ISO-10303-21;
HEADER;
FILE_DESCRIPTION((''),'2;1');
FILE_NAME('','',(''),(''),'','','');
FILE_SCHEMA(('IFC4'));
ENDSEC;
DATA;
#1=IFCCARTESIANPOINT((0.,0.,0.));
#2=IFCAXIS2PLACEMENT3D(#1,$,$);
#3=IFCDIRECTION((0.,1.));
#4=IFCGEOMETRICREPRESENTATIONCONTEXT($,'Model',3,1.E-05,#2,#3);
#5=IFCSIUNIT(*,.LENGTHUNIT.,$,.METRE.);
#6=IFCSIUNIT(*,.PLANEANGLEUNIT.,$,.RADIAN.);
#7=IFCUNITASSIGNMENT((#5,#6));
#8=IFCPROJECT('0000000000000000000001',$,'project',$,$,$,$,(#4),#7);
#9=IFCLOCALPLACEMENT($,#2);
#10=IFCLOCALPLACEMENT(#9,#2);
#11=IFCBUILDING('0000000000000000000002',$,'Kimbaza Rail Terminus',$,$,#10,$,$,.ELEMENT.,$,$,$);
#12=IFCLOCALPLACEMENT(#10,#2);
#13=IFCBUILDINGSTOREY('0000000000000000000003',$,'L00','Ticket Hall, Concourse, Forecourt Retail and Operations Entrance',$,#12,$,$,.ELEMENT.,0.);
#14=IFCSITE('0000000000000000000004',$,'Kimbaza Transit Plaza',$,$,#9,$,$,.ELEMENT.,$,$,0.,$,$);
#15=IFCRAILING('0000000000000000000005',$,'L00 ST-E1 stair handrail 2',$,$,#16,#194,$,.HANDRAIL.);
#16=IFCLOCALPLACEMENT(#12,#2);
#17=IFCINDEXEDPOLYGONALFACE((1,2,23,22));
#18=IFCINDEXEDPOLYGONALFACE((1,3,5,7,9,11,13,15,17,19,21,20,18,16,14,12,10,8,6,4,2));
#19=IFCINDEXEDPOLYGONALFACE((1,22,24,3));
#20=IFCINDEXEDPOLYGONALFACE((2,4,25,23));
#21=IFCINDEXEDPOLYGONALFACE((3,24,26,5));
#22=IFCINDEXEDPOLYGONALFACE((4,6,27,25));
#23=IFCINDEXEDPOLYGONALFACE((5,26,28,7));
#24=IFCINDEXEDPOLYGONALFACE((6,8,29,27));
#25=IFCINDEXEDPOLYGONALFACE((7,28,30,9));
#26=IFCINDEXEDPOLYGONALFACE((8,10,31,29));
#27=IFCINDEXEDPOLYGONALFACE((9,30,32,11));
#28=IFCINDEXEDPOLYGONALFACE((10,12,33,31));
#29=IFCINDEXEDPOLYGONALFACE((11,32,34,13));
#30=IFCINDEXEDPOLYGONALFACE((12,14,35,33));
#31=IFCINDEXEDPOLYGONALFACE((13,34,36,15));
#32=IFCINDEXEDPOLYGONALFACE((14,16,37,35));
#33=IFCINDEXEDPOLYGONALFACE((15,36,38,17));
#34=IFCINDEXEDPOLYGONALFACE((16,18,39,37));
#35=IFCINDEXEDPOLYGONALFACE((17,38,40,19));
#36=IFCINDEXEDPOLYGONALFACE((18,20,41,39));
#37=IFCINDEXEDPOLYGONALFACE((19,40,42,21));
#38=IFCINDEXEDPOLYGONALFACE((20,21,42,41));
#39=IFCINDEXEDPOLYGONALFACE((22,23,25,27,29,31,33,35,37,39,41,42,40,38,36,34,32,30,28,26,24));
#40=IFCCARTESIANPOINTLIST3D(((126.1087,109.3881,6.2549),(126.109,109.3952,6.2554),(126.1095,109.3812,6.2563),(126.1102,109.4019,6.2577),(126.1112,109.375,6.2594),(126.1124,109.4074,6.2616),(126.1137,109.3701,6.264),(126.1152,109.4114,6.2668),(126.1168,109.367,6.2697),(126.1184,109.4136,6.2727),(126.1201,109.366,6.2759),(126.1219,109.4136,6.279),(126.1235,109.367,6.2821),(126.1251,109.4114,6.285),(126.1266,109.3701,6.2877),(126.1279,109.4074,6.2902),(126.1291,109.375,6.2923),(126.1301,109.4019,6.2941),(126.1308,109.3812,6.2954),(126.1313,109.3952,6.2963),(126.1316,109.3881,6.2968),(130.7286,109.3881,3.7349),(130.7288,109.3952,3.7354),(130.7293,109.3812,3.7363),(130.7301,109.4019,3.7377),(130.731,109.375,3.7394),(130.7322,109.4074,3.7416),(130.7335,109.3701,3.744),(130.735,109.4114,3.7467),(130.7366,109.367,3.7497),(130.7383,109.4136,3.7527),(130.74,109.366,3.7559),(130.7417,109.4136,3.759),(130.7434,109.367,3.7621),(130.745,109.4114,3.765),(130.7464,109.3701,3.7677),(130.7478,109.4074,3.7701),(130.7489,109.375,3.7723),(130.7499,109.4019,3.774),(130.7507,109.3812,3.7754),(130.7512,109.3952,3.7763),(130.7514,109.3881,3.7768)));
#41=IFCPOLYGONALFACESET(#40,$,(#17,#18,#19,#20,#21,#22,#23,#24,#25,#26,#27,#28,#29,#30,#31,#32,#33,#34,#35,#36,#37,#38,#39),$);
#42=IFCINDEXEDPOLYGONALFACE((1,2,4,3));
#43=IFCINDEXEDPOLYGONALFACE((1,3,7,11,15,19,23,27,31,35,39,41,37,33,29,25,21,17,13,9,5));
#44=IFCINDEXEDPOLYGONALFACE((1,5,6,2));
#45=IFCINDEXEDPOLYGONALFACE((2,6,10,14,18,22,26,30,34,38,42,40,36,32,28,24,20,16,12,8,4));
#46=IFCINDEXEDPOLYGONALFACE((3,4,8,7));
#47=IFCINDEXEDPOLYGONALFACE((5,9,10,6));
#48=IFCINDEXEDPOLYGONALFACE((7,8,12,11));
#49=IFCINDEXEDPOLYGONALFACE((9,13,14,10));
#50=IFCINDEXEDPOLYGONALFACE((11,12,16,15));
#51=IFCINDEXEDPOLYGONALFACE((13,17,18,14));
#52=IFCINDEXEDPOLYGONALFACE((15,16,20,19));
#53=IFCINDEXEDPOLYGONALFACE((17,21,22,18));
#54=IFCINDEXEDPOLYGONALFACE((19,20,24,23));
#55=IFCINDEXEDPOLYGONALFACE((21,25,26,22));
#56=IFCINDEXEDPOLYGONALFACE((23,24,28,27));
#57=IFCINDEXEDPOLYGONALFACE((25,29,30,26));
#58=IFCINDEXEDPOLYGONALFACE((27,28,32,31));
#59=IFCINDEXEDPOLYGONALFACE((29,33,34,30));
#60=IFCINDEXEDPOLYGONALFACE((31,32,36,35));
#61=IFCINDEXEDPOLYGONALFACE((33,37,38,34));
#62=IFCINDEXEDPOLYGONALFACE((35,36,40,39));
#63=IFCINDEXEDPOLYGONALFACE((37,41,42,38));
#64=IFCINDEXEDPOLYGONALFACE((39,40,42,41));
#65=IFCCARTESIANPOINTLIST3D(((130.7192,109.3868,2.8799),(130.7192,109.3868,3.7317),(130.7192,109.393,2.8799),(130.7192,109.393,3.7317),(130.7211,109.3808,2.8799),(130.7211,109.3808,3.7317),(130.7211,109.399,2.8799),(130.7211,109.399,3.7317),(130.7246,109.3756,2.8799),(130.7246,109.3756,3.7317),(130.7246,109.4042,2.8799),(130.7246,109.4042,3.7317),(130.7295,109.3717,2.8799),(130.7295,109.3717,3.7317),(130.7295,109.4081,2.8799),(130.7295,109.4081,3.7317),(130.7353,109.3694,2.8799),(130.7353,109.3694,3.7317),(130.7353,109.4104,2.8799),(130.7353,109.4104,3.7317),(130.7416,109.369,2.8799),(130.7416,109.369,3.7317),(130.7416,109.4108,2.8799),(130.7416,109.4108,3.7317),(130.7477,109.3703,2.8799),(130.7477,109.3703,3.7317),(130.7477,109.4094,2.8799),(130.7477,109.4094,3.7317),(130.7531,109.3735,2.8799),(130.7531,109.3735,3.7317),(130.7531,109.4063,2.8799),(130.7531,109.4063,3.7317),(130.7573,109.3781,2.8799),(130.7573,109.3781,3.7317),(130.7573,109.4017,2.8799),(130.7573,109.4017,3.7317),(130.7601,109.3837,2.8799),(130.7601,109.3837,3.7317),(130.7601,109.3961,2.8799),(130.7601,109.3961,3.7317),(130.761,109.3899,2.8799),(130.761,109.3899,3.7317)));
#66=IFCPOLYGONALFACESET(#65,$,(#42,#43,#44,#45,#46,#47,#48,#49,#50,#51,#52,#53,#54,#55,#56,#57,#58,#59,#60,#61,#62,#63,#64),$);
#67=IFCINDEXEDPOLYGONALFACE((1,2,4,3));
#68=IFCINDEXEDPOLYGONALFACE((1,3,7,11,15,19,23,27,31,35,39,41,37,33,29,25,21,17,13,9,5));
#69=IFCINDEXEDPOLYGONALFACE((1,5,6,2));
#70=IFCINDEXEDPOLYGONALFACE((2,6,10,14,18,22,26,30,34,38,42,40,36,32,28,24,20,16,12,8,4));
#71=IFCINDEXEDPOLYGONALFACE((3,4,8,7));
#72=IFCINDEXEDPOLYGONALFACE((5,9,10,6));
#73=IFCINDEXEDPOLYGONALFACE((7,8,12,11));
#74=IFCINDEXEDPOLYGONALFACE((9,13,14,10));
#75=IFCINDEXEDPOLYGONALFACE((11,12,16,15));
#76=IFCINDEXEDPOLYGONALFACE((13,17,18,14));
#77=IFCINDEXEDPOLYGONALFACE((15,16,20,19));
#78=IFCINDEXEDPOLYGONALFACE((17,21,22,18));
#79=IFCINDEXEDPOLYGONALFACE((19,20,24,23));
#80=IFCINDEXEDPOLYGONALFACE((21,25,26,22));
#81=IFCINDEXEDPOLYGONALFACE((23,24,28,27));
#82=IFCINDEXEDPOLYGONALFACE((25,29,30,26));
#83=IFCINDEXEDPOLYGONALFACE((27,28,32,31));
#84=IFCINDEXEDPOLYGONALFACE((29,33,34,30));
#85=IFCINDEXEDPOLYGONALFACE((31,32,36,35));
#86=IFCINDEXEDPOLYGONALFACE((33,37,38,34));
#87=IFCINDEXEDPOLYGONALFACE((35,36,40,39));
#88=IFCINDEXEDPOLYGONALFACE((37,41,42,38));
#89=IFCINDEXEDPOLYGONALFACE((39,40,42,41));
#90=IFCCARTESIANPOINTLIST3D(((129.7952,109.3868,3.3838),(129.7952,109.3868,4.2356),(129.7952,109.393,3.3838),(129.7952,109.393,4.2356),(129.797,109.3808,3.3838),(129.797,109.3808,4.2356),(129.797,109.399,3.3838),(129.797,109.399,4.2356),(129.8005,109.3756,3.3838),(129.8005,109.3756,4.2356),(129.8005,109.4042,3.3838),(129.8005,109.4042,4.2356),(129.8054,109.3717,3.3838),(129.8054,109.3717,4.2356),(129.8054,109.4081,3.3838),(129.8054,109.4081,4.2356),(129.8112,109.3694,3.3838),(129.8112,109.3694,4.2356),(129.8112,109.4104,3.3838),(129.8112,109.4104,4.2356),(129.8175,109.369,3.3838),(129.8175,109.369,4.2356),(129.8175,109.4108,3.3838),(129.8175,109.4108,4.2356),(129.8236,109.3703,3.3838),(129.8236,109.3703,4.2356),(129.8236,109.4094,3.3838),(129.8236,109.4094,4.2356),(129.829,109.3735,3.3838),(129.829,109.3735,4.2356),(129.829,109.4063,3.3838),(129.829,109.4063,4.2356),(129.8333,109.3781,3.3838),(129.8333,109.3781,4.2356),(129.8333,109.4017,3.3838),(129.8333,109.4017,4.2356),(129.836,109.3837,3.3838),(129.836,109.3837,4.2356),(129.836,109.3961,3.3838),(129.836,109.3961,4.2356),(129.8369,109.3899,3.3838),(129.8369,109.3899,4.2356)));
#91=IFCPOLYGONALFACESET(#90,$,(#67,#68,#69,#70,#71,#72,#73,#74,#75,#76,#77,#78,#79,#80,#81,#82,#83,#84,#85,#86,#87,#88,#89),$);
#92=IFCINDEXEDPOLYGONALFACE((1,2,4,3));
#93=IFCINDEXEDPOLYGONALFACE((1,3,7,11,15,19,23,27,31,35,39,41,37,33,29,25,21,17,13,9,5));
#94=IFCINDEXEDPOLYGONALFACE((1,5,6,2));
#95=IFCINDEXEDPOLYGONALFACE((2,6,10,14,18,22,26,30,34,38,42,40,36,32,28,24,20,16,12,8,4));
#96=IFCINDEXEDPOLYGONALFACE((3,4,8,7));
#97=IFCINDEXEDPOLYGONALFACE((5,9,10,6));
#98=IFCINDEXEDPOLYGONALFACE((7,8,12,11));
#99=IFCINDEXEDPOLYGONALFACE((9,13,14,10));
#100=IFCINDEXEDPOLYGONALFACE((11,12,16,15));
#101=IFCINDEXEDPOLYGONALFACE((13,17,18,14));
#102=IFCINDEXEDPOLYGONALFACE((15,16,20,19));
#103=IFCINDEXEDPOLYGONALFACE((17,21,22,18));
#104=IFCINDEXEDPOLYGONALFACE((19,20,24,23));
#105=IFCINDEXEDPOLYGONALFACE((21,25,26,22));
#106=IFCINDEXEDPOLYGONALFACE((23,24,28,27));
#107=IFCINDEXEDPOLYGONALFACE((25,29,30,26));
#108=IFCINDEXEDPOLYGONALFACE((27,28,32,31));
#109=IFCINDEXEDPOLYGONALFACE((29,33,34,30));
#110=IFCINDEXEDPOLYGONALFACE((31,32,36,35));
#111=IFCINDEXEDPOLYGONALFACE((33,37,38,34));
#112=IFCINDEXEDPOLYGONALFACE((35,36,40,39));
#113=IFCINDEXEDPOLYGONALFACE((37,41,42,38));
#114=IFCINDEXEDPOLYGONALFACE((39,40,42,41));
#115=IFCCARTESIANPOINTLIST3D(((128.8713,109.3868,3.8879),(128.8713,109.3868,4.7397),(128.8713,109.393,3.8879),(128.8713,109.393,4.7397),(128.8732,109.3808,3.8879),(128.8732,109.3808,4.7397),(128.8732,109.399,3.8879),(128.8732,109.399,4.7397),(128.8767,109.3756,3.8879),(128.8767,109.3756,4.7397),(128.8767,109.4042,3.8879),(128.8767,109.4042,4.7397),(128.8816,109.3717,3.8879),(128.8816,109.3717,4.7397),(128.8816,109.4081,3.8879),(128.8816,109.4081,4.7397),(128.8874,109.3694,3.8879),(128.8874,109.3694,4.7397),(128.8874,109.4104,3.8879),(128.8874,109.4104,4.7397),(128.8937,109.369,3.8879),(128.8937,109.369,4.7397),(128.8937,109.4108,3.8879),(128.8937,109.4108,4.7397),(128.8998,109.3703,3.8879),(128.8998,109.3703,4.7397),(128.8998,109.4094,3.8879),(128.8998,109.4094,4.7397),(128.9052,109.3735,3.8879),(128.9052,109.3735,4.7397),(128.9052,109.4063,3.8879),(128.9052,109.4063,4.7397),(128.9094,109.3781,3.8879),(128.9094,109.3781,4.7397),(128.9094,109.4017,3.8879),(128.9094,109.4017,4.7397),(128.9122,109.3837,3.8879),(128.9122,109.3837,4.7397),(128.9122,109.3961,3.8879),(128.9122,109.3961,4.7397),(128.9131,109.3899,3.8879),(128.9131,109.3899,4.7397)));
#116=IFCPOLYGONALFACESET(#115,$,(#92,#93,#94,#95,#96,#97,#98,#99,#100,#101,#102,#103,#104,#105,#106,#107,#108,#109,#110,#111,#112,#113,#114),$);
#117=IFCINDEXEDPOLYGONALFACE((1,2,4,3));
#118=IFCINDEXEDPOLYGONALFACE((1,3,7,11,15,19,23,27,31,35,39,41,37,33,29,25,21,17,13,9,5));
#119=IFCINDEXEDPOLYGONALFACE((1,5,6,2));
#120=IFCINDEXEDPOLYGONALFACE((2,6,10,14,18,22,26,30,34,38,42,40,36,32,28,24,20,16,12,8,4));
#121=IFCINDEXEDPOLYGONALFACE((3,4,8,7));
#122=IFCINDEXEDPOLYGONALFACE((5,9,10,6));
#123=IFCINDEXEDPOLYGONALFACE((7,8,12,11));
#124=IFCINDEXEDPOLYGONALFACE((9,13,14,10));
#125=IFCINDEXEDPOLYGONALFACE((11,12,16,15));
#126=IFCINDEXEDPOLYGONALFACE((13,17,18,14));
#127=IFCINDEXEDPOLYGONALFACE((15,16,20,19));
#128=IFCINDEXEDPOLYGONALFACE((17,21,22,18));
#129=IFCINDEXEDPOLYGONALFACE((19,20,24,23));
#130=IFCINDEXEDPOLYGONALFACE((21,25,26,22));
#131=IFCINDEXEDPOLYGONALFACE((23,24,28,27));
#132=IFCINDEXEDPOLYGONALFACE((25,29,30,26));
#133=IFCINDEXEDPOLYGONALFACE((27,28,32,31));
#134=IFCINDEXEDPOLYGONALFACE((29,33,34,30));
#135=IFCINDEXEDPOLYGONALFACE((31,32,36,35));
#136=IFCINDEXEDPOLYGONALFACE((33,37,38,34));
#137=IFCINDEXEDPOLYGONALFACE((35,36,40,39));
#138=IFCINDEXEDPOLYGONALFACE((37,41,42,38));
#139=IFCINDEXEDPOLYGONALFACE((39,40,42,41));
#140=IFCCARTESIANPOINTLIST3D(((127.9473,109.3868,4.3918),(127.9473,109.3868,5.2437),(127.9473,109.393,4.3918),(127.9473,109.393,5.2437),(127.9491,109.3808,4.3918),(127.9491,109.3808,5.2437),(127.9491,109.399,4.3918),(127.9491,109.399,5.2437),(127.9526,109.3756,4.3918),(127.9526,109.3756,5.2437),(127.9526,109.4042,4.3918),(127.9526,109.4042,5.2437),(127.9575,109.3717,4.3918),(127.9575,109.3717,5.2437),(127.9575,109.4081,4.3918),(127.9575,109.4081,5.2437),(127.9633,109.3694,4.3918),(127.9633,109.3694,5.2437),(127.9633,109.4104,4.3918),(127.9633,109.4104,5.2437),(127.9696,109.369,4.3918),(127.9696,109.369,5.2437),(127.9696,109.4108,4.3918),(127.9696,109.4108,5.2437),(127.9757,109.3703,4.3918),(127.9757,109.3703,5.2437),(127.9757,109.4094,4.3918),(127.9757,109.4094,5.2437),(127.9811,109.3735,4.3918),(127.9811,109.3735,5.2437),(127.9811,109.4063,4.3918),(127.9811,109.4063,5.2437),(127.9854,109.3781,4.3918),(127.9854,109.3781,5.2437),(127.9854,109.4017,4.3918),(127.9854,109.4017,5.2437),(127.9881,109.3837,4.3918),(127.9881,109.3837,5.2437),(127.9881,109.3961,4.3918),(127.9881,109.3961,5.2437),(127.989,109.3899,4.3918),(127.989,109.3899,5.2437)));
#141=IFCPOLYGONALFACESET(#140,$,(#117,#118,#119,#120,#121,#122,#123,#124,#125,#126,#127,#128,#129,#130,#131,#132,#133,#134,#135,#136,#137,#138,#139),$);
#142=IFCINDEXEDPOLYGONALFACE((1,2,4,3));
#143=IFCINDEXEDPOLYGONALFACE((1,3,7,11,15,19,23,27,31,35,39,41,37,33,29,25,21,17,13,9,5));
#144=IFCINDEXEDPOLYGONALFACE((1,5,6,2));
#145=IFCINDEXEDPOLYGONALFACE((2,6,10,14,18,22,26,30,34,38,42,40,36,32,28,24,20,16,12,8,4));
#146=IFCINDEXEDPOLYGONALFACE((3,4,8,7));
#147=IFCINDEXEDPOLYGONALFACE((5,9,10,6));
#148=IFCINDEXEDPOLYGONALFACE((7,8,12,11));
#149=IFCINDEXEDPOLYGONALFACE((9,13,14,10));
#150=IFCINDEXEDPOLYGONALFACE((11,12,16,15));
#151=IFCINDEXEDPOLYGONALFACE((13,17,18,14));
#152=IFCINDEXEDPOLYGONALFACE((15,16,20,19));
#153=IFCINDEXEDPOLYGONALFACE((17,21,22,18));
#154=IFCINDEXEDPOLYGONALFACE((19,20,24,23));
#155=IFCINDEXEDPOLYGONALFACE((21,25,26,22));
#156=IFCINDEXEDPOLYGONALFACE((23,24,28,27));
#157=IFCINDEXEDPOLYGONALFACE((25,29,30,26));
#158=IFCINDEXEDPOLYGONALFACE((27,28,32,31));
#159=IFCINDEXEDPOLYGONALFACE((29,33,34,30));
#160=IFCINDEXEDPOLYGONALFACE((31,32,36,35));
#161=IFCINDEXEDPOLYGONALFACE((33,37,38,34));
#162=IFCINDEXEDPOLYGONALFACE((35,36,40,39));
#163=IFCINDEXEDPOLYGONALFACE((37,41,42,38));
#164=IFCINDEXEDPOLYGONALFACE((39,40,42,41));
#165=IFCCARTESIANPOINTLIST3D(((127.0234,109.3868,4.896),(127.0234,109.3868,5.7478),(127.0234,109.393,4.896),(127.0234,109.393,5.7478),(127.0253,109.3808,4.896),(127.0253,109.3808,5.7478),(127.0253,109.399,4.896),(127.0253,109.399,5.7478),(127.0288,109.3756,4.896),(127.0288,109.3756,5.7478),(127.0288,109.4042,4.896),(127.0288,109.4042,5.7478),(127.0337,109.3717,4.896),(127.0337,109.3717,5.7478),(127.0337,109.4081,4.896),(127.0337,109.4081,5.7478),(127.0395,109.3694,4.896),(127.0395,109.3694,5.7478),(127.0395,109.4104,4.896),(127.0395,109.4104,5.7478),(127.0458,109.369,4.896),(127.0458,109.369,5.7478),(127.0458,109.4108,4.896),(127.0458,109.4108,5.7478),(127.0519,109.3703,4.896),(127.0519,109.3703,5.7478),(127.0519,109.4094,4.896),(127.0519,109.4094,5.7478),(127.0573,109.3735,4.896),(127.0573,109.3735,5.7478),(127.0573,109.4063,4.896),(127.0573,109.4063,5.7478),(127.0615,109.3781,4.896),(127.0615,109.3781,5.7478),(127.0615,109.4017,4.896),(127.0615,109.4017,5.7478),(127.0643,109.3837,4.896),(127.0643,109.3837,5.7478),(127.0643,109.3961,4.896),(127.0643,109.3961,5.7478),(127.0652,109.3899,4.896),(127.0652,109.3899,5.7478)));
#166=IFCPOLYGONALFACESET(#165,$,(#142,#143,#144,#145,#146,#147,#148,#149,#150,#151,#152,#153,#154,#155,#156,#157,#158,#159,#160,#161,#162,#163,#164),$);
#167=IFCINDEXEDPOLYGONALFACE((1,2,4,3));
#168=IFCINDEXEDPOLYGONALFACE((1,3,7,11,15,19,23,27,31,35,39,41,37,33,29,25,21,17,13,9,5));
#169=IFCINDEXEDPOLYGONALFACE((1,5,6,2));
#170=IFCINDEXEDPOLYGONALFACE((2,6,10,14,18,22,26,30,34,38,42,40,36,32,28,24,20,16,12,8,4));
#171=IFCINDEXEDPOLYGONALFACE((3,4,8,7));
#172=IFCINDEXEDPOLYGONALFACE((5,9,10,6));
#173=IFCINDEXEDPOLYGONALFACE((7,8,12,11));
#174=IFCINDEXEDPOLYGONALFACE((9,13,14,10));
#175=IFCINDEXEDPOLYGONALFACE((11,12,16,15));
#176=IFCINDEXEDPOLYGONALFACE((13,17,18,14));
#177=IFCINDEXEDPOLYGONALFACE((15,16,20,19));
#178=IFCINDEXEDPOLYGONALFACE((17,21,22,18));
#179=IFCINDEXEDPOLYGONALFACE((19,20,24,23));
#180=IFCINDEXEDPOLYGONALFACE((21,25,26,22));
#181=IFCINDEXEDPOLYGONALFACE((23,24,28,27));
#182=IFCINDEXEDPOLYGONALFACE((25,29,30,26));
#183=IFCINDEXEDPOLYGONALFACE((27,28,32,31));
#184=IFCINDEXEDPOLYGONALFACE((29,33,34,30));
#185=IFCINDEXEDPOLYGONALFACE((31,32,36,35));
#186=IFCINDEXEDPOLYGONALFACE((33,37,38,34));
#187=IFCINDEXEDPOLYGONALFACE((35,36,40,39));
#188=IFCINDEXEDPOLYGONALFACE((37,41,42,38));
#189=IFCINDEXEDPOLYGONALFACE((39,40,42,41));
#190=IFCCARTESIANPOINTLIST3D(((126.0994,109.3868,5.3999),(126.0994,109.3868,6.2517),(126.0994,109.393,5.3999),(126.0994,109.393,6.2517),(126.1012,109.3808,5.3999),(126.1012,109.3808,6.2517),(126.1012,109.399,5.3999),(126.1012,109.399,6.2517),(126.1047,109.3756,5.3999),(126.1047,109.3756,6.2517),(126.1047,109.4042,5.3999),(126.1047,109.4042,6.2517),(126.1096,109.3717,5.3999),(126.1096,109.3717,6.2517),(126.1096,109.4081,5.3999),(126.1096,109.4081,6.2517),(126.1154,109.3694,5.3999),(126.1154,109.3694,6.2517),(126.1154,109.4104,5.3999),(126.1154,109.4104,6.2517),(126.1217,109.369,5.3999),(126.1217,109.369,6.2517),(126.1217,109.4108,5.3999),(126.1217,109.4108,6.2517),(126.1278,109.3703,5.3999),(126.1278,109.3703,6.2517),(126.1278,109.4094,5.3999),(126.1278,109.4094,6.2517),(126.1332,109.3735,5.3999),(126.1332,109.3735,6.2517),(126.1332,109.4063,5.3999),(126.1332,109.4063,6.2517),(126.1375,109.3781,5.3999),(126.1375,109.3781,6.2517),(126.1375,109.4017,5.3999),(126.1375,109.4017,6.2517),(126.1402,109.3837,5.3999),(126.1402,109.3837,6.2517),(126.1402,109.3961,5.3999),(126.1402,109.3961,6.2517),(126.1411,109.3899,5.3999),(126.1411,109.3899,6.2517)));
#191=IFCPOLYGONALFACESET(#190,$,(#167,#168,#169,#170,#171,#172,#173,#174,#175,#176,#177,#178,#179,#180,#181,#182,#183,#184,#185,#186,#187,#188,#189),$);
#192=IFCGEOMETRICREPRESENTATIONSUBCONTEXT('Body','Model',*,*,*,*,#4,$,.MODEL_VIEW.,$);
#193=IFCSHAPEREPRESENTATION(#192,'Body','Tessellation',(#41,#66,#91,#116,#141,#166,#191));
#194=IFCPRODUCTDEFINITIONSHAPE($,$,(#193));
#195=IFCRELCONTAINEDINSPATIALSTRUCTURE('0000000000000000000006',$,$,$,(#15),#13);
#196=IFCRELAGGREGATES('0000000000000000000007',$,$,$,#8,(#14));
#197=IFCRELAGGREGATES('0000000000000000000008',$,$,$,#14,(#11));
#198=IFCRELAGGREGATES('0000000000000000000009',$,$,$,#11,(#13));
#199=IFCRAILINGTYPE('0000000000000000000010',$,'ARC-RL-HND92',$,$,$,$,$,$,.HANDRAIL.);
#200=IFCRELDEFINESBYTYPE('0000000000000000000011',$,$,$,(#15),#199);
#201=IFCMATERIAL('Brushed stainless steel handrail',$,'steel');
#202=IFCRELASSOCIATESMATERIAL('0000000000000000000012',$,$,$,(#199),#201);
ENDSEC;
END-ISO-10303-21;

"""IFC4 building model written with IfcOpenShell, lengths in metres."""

from ifc_helpers import new_model, si_unit, direction, frame, origin, origin_2d, place, context, subcontext, project, spatial, circle, extrude, material, type_object, element, save


model = new_model("IFC4")

# Units and contexts
model_context = context("Model", 3, precision=1e-05, world=origin(), true_north=direction((0.0, 1.0)))
body_context = subcontext(model_context, "Body", "Model", "MODEL_VIEW")
ifc_project = project(units=[si_unit("LENGTHUNIT", "METRE"), si_unit("PLANEANGLEUNIT", "RADIAN")], contexts=[model_context])

# Site, building, storey
site_placement = place(None, origin())
site = spatial("IfcSite", under=ifc_project, at=site_placement, Name="Kimbaza Transit Plaza", CompositionType="ELEMENT", RefElevation=0.0)
building_placement = place(site_placement, origin())
building = spatial("IfcBuilding", under=site, at=building_placement, Name="Kimbaza Rail Terminus", CompositionType="ELEMENT")
storey_placement = place(building_placement, origin())
storey = spatial("IfcBuildingStorey", under=building, at=storey_placement, Name="L00", Description="Ticket Hall, Concourse, Forecourt Retail and Operations Entrance", CompositionType="ELEMENT", Elevation=0.0)

# Railing
ifc_material_1 = material(Name="Brushed stainless steel handrail", Category="steel")
railing_type = type_object("IfcRailingType", Name="ARC-RL-HND92", PredefinedType="HANDRAIL", material=ifc_material_1)
railing_placement = place(storey_placement, frame((130.74, 109.3899, 2.8799)))
element("IfcRailing", 1, at=railing_placement, inside=storey, type_object=railing_type, Name="L00 ST-E1 stair handrail 2", PredefinedType="HANDRAIL", context=body_context, shape_type="SweptSolid", body=[
    extrude(circle(Radius=0.0239, at=origin_2d()), frame((0.0, 0.0, 0.876), z_axis=(-0.877888, 0.0, 0.478865), x_axis=(0.0, -1.0, 0.0)), (0.0, 0.0, 1.0), 5.2625),
    extrude(circle(Radius=0.021, at=origin_2d()), origin(), (0.0, 0.0, 1.0), 0.8518),
    extrude(circle(Radius=0.021, at=origin_2d()), frame((-0.9241, 0.0, 0.5039)), (0.0, 0.0, 1.0), 0.8518),
    extrude(circle(Radius=0.021, at=origin_2d()), frame((-1.8479, 0.0, 1.0081)), (0.0, 0.0, 1.0), 0.8518),
    extrude(circle(Radius=0.021, at=origin_2d()), frame((-2.772, 0.0, 1.512)), (0.0, 0.0, 1.0), 0.8518),
    extrude(circle(Radius=0.021, at=origin_2d()), frame((-3.6958, 0.0, 2.0161)), (0.0, 0.0, 1.0), 0.8518),
    extrude(circle(Radius=0.021, at=origin_2d()), frame((-4.6199, 0.0, 2.52)), (0.0, 0.0, 1.0), 0.8518),
])

save(model, "model.ifc")
